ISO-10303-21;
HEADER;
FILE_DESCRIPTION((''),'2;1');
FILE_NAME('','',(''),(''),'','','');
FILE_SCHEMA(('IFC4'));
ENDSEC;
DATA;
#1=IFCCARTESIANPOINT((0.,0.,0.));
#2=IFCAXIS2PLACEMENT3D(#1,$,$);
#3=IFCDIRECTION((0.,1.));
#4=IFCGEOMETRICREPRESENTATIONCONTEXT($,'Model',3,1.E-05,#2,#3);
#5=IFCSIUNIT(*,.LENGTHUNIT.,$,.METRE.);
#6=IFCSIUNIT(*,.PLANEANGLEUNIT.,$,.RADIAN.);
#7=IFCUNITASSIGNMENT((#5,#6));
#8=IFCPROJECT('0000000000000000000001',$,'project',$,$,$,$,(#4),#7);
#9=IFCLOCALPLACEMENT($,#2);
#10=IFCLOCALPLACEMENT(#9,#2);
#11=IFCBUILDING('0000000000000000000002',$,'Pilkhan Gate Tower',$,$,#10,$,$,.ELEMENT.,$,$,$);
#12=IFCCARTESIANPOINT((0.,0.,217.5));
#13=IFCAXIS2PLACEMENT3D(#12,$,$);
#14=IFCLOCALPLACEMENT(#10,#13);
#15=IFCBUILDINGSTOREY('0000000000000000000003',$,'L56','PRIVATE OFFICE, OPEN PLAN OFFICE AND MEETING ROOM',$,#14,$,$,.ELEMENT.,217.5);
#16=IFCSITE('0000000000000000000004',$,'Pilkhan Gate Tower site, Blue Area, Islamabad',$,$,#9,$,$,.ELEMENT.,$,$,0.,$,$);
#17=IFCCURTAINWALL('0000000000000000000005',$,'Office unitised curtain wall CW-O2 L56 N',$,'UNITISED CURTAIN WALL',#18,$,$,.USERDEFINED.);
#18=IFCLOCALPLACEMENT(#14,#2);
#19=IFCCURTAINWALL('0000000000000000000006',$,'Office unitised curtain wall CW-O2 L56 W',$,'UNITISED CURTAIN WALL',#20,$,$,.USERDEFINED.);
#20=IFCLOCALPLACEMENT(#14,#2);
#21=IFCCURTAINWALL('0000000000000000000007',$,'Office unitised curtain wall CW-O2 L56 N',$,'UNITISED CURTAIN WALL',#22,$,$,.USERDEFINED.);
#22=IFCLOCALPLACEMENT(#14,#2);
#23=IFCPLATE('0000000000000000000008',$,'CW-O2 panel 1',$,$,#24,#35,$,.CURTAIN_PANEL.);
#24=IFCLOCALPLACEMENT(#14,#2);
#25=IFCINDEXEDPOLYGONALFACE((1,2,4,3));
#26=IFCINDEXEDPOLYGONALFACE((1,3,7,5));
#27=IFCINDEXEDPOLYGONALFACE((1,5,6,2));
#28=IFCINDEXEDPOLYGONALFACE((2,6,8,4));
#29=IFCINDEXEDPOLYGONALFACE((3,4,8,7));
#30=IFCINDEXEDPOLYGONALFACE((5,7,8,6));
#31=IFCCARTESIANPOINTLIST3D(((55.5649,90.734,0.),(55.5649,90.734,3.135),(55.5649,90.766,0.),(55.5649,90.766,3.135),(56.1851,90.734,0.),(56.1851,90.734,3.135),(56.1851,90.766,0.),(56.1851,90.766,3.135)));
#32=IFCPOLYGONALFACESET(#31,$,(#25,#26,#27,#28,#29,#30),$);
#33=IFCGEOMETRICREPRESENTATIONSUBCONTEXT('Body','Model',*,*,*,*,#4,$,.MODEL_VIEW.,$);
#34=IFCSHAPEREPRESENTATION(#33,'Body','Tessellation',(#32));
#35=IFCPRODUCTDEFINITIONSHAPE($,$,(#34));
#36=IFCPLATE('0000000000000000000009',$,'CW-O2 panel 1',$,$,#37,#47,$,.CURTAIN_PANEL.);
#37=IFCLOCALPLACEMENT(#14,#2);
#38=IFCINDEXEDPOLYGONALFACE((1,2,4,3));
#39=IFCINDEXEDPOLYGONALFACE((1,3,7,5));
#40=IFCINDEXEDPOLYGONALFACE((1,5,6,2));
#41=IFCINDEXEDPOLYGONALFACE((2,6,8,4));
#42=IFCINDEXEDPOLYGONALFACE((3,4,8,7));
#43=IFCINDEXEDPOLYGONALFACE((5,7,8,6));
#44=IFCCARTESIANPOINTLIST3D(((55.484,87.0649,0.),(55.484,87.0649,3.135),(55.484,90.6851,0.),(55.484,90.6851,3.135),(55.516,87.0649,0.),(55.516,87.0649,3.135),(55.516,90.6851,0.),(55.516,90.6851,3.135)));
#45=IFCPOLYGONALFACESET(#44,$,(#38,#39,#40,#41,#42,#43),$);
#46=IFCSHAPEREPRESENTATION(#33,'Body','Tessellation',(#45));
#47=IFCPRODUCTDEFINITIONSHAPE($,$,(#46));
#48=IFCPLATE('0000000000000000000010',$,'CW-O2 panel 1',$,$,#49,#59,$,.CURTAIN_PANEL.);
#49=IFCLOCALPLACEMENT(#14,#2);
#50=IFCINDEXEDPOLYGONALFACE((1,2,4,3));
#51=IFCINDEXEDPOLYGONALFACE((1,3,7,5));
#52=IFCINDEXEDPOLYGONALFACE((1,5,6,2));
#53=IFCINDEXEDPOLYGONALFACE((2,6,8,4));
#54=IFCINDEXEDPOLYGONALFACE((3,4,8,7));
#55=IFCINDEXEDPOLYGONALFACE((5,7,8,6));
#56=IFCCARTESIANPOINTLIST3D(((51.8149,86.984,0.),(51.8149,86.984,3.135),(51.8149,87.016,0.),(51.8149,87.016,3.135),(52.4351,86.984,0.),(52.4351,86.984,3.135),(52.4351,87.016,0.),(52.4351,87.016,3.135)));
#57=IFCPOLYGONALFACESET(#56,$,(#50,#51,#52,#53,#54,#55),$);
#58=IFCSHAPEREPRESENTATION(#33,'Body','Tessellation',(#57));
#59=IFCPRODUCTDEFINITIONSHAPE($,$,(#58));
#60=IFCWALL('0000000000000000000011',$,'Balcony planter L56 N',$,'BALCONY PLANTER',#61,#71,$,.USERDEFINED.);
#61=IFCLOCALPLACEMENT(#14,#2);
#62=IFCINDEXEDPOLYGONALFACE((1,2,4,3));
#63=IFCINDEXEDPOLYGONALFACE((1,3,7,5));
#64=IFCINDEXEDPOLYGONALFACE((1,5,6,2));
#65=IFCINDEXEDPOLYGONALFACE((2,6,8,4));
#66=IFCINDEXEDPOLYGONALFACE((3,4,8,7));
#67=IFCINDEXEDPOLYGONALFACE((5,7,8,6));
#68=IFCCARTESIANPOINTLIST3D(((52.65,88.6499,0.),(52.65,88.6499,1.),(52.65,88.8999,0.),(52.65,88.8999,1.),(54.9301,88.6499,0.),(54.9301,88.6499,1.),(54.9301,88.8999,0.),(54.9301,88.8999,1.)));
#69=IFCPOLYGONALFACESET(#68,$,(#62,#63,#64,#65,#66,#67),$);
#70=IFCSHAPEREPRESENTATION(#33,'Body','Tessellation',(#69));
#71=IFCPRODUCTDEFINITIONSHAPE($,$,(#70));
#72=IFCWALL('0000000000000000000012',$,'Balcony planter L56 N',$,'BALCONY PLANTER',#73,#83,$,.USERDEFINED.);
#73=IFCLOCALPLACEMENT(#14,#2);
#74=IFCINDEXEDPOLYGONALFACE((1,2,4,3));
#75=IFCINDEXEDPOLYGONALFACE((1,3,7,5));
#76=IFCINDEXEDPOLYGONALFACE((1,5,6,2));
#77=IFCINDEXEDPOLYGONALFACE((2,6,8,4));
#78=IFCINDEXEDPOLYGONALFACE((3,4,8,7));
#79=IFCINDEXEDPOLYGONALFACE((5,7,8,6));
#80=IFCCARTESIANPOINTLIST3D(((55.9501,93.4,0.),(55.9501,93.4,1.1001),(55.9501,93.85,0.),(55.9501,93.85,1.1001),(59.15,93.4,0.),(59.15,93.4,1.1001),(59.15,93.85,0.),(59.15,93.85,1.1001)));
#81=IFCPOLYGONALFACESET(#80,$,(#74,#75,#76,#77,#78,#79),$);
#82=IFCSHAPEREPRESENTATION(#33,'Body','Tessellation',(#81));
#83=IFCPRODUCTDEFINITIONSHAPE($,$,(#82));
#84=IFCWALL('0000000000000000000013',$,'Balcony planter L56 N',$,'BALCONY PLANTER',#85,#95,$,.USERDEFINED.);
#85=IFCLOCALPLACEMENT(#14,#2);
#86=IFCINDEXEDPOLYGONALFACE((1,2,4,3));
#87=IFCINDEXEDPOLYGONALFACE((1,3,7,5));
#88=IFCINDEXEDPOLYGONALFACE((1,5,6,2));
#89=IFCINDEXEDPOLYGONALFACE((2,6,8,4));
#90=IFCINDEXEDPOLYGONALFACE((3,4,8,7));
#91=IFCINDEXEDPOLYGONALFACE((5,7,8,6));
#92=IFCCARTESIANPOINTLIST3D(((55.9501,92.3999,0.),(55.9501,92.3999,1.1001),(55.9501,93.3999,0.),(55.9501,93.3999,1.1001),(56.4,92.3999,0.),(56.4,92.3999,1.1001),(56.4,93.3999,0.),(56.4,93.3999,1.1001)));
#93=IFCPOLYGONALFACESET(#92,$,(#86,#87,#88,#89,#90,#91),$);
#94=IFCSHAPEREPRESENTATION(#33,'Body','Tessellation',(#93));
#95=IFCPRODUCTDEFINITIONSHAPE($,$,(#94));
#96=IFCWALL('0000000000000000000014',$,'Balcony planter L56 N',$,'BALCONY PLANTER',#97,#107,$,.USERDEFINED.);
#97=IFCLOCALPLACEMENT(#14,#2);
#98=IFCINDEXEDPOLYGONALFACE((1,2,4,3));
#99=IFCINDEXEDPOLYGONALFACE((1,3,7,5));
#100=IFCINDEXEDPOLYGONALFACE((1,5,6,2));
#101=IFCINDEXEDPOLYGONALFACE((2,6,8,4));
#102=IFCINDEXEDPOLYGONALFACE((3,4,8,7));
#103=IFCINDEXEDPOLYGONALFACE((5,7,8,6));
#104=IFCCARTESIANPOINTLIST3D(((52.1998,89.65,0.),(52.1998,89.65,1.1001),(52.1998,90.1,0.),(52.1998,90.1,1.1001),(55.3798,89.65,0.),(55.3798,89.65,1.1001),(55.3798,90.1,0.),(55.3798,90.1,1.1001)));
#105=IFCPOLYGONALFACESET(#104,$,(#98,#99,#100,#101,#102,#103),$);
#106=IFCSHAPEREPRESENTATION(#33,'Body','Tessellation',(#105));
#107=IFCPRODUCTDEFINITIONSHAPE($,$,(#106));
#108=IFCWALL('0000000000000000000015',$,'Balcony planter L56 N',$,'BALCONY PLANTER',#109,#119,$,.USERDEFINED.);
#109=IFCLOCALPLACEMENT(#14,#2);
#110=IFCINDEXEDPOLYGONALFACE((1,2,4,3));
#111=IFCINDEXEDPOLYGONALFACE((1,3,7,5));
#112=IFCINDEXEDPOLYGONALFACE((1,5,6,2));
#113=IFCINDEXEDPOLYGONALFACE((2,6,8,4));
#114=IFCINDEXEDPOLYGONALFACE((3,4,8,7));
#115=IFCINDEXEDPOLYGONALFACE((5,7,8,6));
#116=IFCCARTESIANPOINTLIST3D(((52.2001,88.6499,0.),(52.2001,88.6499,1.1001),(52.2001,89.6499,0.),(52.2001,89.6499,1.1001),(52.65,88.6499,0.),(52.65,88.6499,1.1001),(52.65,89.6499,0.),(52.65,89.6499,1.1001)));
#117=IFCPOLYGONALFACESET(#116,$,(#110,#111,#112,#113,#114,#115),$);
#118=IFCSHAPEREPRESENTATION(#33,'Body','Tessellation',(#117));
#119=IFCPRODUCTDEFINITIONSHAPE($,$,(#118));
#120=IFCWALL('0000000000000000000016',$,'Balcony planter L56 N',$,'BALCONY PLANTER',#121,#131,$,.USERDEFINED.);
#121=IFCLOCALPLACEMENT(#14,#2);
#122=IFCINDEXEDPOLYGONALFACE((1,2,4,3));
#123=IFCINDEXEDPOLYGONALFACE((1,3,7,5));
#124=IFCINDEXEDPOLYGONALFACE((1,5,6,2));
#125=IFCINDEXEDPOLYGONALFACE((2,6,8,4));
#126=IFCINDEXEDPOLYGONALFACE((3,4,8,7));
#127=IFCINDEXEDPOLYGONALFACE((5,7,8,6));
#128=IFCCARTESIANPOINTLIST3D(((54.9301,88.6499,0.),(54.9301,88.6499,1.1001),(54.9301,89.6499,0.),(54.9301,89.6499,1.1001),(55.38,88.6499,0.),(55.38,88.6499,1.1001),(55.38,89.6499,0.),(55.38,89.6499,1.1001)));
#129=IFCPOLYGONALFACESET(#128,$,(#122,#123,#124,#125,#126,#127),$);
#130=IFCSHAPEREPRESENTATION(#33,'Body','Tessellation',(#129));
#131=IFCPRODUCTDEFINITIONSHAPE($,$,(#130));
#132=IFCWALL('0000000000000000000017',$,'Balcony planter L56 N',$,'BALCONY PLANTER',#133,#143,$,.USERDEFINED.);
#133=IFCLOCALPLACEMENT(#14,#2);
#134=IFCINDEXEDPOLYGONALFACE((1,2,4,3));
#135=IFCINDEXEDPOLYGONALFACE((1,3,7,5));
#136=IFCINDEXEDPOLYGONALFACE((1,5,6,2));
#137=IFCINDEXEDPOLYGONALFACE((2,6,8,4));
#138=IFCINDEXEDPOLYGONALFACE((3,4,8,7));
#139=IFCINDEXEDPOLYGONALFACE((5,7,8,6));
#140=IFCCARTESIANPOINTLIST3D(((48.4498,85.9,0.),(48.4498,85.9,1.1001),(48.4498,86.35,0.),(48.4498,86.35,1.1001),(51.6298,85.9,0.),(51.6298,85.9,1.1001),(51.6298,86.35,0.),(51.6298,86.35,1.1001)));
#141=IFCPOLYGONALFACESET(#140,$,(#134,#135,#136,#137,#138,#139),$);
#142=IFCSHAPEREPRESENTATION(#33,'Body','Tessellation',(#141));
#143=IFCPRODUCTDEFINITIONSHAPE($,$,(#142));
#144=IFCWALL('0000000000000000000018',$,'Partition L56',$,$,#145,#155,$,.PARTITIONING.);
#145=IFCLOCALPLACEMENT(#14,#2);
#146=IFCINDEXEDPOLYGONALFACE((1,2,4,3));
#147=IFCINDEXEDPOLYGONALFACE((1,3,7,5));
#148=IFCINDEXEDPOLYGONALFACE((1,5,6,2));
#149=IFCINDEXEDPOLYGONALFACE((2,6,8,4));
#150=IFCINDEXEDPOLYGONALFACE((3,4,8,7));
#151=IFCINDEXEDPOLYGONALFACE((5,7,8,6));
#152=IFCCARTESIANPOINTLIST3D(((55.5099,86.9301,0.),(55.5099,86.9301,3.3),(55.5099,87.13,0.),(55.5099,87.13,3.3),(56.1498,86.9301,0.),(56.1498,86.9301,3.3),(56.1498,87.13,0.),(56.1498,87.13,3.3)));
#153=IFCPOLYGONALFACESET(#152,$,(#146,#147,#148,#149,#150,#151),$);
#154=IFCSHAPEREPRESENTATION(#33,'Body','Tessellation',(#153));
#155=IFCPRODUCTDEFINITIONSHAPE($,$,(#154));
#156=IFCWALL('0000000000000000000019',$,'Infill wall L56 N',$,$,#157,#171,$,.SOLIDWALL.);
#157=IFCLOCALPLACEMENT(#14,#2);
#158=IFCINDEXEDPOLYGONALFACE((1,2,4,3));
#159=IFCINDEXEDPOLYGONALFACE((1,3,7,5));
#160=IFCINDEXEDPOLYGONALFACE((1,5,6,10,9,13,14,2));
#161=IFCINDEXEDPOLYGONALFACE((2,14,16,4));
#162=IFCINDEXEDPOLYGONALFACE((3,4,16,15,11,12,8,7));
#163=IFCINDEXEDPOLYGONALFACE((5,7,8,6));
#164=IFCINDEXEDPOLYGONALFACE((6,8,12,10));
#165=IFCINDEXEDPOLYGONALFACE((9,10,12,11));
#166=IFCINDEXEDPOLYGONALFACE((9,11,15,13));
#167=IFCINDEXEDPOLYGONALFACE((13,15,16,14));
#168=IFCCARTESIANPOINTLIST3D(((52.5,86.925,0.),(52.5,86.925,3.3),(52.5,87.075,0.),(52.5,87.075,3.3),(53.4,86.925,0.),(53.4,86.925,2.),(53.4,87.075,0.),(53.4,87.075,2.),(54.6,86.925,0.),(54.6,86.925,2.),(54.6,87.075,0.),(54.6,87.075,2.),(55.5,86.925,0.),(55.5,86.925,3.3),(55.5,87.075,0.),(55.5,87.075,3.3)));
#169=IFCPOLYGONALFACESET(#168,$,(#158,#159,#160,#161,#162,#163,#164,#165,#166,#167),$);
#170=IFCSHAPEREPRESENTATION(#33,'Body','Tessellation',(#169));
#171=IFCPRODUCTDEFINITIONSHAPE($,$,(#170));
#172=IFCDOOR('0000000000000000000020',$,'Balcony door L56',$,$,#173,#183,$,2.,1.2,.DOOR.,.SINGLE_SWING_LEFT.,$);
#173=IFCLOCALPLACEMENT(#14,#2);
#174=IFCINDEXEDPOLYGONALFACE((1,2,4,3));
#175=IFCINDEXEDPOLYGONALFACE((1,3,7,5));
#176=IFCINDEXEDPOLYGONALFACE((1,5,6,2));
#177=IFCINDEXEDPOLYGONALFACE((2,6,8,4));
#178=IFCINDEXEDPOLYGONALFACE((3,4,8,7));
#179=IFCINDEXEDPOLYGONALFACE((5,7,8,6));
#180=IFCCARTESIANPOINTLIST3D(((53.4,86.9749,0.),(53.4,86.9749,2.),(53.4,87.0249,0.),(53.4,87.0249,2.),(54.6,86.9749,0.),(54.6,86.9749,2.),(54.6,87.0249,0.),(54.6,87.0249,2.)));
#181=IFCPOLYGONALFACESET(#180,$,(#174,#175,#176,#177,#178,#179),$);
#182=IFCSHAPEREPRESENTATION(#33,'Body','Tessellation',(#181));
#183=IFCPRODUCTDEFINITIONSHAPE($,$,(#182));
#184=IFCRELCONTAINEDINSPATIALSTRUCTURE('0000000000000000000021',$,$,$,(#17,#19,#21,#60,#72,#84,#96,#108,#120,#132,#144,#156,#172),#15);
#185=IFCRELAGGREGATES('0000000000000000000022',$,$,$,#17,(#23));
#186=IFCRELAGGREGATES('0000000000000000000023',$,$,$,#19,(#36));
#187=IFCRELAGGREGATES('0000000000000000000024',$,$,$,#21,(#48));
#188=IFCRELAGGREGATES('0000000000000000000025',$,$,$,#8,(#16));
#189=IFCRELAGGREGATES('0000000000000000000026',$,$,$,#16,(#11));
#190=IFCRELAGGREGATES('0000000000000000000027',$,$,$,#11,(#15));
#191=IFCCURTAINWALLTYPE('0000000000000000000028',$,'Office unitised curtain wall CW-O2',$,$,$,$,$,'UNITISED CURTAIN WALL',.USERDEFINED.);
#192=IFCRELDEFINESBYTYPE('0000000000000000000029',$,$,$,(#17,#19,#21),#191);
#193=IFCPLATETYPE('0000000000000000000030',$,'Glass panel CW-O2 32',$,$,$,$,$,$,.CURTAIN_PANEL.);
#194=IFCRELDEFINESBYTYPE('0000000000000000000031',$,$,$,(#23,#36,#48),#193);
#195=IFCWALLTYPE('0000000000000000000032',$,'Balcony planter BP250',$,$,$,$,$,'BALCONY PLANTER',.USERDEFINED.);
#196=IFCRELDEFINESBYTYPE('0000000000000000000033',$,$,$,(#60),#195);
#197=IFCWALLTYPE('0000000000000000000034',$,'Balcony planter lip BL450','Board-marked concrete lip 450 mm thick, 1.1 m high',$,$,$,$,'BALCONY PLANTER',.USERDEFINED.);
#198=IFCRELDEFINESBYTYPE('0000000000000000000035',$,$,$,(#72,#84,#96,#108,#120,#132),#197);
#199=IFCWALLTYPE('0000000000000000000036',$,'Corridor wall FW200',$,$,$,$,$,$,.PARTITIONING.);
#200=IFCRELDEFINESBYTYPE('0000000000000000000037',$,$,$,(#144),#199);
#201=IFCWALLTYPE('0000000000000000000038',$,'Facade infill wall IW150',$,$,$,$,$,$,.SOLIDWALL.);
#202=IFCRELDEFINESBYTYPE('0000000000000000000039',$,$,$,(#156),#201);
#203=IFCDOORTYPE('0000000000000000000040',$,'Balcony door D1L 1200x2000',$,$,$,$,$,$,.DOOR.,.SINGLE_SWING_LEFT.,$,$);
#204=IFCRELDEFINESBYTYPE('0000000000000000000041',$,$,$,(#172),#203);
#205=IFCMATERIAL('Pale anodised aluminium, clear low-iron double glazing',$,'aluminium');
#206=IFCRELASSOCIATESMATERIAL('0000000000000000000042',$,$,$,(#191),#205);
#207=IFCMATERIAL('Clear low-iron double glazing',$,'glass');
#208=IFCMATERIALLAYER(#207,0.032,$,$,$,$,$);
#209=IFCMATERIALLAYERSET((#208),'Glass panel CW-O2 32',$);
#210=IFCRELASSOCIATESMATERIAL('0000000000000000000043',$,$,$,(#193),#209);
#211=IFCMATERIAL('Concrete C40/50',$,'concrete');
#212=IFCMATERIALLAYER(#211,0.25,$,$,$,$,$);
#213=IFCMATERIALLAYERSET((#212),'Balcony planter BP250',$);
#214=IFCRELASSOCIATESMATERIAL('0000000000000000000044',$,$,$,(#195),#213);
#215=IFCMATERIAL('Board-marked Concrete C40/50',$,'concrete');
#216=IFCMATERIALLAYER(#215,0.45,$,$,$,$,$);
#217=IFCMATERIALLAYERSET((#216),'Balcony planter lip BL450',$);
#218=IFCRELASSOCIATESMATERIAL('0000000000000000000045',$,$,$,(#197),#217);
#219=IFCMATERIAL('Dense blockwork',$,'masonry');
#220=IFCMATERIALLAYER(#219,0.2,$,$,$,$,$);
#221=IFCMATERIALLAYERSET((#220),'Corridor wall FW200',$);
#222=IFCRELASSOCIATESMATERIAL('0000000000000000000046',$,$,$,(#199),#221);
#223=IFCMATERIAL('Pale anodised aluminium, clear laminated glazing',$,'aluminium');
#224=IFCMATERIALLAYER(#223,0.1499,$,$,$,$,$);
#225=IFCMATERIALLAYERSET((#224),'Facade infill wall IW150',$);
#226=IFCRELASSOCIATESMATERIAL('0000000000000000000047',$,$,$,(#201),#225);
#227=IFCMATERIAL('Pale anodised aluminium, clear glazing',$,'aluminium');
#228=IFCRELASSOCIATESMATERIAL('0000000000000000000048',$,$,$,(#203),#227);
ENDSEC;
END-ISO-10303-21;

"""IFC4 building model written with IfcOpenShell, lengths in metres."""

from ifc_helpers import new_model, si_unit, direction, frame, frame_2d, origin, origin_2d, place, context, subcontext, project, spatial, rectangle, extrude, material, layer, layer_set, type_object, element, fill, aggregate, save


model = new_model("IFC4")

# Units and contexts
model_context = context("Model", 3, precision=1e-05, world=origin(), true_north=direction((0.0, 1.0)))
body_context = subcontext(model_context, "Body", "Model", "MODEL_VIEW")
ifc_project = project(units=[si_unit("LENGTHUNIT", "METRE"), si_unit("PLANEANGLEUNIT", "RADIAN")], contexts=[model_context])

# Site, building, storey
site_placement = place(None, origin())
site = spatial("IfcSite", under=ifc_project, at=site_placement, Name="Pilkhan Gate Tower site, Blue Area, Islamabad", CompositionType="ELEMENT", RefElevation=0.0)
building_placement = place(site_placement, origin())
building = spatial("IfcBuilding", under=site, at=building_placement, Name="Pilkhan Gate Tower", CompositionType="ELEMENT")
storey_placement = place(building_placement, frame((0.0, 0.0, 217.5)))
storey = spatial("IfcBuildingStorey", under=building, at=storey_placement, Name="L56", Description="PRIVATE OFFICE, OPEN PLAN OFFICE AND MEETING ROOM", CompositionType="ELEMENT", Elevation=217.5)

# Curtain wall
ifc_material_1 = material(Name="Pale anodised aluminium, clear low-iron double glazing", Category="aluminium")
curtain_wall_type = type_object("IfcCurtainWallType", Name="Office unitised curtain wall CW-O2", ElementType="UNITISED CURTAIN WALL", PredefinedType="USERDEFINED", material=ifc_material_1)
curtain_wall_1_placement = place(storey_placement, origin())
curtain_wall_1 = element("IfcCurtainWall", 1, at=curtain_wall_1_placement, inside=storey, type_object=curtain_wall_type, Name="Office unitised curtain wall CW-O2 L56 N", ObjectType="UNITISED CURTAIN WALL", PredefinedType="USERDEFINED")

# Curtain walls
curtain_wall_2_placement = place(storey_placement, origin())
curtain_wall_2 = element("IfcCurtainWall", 2, at=curtain_wall_2_placement, inside=storey, type_object=curtain_wall_type, Name="Office unitised curtain wall CW-O2 L56 W", ObjectType="UNITISED CURTAIN WALL", PredefinedType="USERDEFINED")
curtain_wall_3_placement = place(storey_placement, origin())
curtain_wall_3 = element("IfcCurtainWall", 3, at=curtain_wall_3_placement, inside=storey, type_object=curtain_wall_type, Name="Office unitised curtain wall CW-O2 L56 N", ObjectType="UNITISED CURTAIN WALL", PredefinedType="USERDEFINED")

# Plates
ifc_material_2 = material(Name="Clear low-iron double glazing", Category="glass")
ifc_layer_1 = layer(ifc_material_2, 0.032)
ifc_layer_set_1 = layer_set([ifc_layer_1], Name="Glass panel CW-O2 32")
plate_type = type_object("IfcPlateType", Name="Glass panel CW-O2 32", PredefinedType="CURTAIN_PANEL", material=ifc_layer_set_1)
plate_1_placement = place(storey_placement, frame((55.875, 90.75, 0.0), z_axis=(0.0, 0.0, 1.0), x_axis=(1.0, 0.0, 0.0)))
plate_1 = element("IfcPlate", 4, at=plate_1_placement, type_object=plate_type, Name="CW-O2 panel 1", PredefinedType="CURTAIN_PANEL", context=body_context, shape_type="SweptSolid", body=[
    extrude(rectangle(XDim=0.6201, YDim=0.032, at=origin_2d()), origin(), (0.0, 0.0, 1.0), 3.135),
])
aggregate(curtain_wall_1, [plate_1])
plate_2_placement = place(storey_placement, frame((55.5, 88.875, 0.0), z_axis=(0.0, 0.0, 1.0), x_axis=(0.0, 1.0, 0.0)))
plate_2 = element("IfcPlate", 5, at=plate_2_placement, type_object=plate_type, Name="CW-O2 panel 1", PredefinedType="CURTAIN_PANEL", context=body_context, shape_type="SweptSolid", body=[
    extrude(rectangle(XDim=3.6201, YDim=0.032, at=origin_2d()), origin(), (0.0, 0.0, 1.0), 3.135),
])
aggregate(curtain_wall_2, [plate_2])
plate_3_placement = place(storey_placement, frame((52.125, 87.0, 0.0), z_axis=(0.0, 0.0, 1.0), x_axis=(1.0, 0.0, 0.0)))
plate_3 = element("IfcPlate", 6, at=plate_3_placement, type_object=plate_type, Name="CW-O2 panel 1", PredefinedType="CURTAIN_PANEL", context=body_context, shape_type="SweptSolid", body=[
    extrude(rectangle(XDim=0.6201, YDim=0.032, at=origin_2d()), origin(), (0.0, 0.0, 1.0), 3.135),
])
aggregate(curtain_wall_3, [plate_3])

# Walls
ifc_material_3 = material(Name="Concrete C40/50", Category="concrete")
ifc_layer_2 = layer(ifc_material_3, 0.25)
ifc_layer_set_2 = layer_set([ifc_layer_2], Name="Balcony planter BP250")
wall_type_1 = type_object("IfcWallType", Name="Balcony planter BP250", ElementType="BALCONY PLANTER", PredefinedType="USERDEFINED", material=ifc_layer_set_2)
wall_1_placement = place(storey_placement, frame((52.6499, 88.7749, 0.0), z_axis=(0.0, 0.0, 1.0), x_axis=(1.0, 0.0, 0.0)))
element("IfcWall", 7, at=wall_1_placement, inside=storey, type_object=wall_type_1, Name="Balcony planter L56 N", ObjectType="BALCONY PLANTER", PredefinedType="USERDEFINED", context=body_context, shape_type="SweptSolid", body=[
    extrude(rectangle(XDim=2.28, YDim=0.25, at=frame_2d((1.1401, 0.0))), origin(), (0.0, 0.0, 1.0), 1.0),
])
ifc_material_4 = material(Name="Board-marked Concrete C40/50", Category="concrete")
ifc_layer_3 = layer(ifc_material_4, 0.45)
ifc_layer_set_3 = layer_set([ifc_layer_3], Name="Balcony planter lip BL450")
wall_type_2 = type_object("IfcWallType", Name="Balcony planter lip BL450", Description="Board-marked concrete lip 450 mm thick, 1.1 m high", ElementType="BALCONY PLANTER", PredefinedType="USERDEFINED", material=ifc_layer_set_3)
wall_2_placement = place(storey_placement, frame((55.95, 93.625, 0.0), z_axis=(0.0, 0.0, 1.0), x_axis=(1.0, 0.0, 0.0)))
element("IfcWall", 8, at=wall_2_placement, inside=storey, type_object=wall_type_2, Name="Balcony planter L56 N", ObjectType="BALCONY PLANTER", PredefinedType="USERDEFINED", context=body_context, shape_type="SweptSolid", body=[
    extrude(rectangle(XDim=3.2, YDim=0.45, at=frame_2d((1.6001, 0.0))), origin(), (0.0, 0.0, 1.0), 1.1001),
])
wall_3_placement = place(storey_placement, frame((56.175, 92.3999, 0.0), z_axis=(0.0, 0.0, 1.0), x_axis=(0.0, 1.0, 0.0)))
element("IfcWall", 9, at=wall_3_placement, inside=storey, type_object=wall_type_2, Name="Balcony planter L56 N", ObjectType="BALCONY PLANTER", PredefinedType="USERDEFINED", context=body_context, shape_type="SweptSolid", body=[
    extrude(rectangle(XDim=1.0, YDim=0.45, at=frame_2d((0.5, 0.0))), origin(), (0.0, 0.0, 1.0), 1.1001),
])
wall_4_placement = place(storey_placement, frame((52.2, 89.875, 0.0), z_axis=(0.0, 0.0, 1.0), x_axis=(1.0, 0.0, 0.0)))
element("IfcWall", 10, at=wall_4_placement, inside=storey, type_object=wall_type_2, Name="Balcony planter L56 N", ObjectType="BALCONY PLANTER", PredefinedType="USERDEFINED", context=body_context, shape_type="SweptSolid", body=[
    extrude(rectangle(XDim=3.1799, YDim=0.45, at=frame_2d((1.5898, 0.0))), origin(), (0.0, 0.0, 1.0), 1.1001),
])
for number, where, z_axis, x_axis, name in (
    (11, (52.425, 88.6499, 0.0), (0.0, 0.0, 1.0), (0.0, 1.0, 0.0), "Balcony planter L56 N"),
    (12, (55.155, 88.6499, 0.0), (0.0, 0.0, 1.0), (0.0, 1.0, 0.0), "Balcony planter L56 N"),
):
    element("IfcWall", number, at=place(storey_placement, frame(where, z_axis=z_axis, x_axis=x_axis)), inside=storey, type_object=wall_type_2, Name=name, ObjectType="BALCONY PLANTER", PredefinedType="USERDEFINED", context=body_context, shape_type="SweptSolid", body=[
        extrude(rectangle(XDim=1.0, YDim=0.45, at=frame_2d((0.5, 0.0))), origin(), (0.0, 0.0, 1.0), 1.1001),
    ])
wall_5_placement = place(storey_placement, frame((48.45, 86.125, 0.0), z_axis=(0.0, 0.0, 1.0), x_axis=(1.0, 0.0, 0.0)))
element("IfcWall", 13, at=wall_5_placement, inside=storey, type_object=wall_type_2, Name="Balcony planter L56 N", ObjectType="BALCONY PLANTER", PredefinedType="USERDEFINED", context=body_context, shape_type="SweptSolid", body=[
    extrude(rectangle(XDim=3.1799, YDim=0.45, at=frame_2d((1.5898, 0.0))), origin(), (0.0, 0.0, 1.0), 1.1001),
])
ifc_material_5 = material(Name="Dense blockwork", Category="masonry")
ifc_layer_4 = layer(ifc_material_5, 0.2)
ifc_layer_set_4 = layer_set([ifc_layer_4], Name="Corridor wall FW200")
wall_type_3 = type_object("IfcWallType", Name="Corridor wall FW200", PredefinedType="PARTITIONING", material=ifc_layer_set_4)
wall_6_placement = place(storey_placement, frame((55.51, 87.03, 0.0), z_axis=(0.0, 0.0, 1.0), x_axis=(1.0, 0.0, 0.0)))
element("IfcWall", 14, at=wall_6_placement, inside=storey, type_object=wall_type_3, Name="Partition L56", PredefinedType="PARTITIONING", context=body_context, shape_type="SweptSolid", body=[
    extrude(rectangle(XDim=0.6399, YDim=0.2, at=frame_2d((0.3198, 0.0))), origin(), (0.0, 0.0, 1.0), 3.3),
])

# Wall, opening, door
ifc_material_6 = material(Name="Pale anodised aluminium, clear laminated glazing", Category="aluminium")
ifc_layer_5 = layer(ifc_material_6, 0.1499)
ifc_layer_set_5 = layer_set([ifc_layer_5], Name="Facade infill wall IW150")
wall_type_4 = type_object("IfcWallType", Name="Facade infill wall IW150", PredefinedType="SOLIDWALL", material=ifc_layer_set_5)
wall_7_placement = place(storey_placement, frame((52.5, 87.0, 0.0), z_axis=(0.0, 0.0, 1.0), x_axis=(1.0, 0.0, 0.0)))
wall_7 = element("IfcWall", 15, at=wall_7_placement, inside=storey, type_object=wall_type_4, Name="Infill wall L56 N", PredefinedType="SOLIDWALL", context=body_context, shape_type="SweptSolid", body=[
    extrude(rectangle(XDim=3.0, YDim=0.1499, at=frame_2d((1.5, 0.0))), origin(), (0.0, 0.0, 1.0), 3.3),
])
opening_placement = place(wall_7_placement, frame((0.8999, 0.0, 0.0)))
opening = element("IfcOpeningElement", 16, at=opening_placement, cuts=wall_7, PredefinedType="OPENING", context=body_context, shape_type="SweptSolid", body=[
    extrude(rectangle(XDim=1.2, YDim=2.0, at=frame_2d((0.6001, 1.0))), frame((0.0, 0.085, 0.0), z_axis=(0.0, -1.0, 0.0), x_axis=(1.0, 0.0, 0.0)), (0.0, 0.0, 1.0), 0.1699),
])
ifc_material_7 = material(Name="Pale anodised aluminium, clear glazing", Category="aluminium")
door_type = type_object("IfcDoorType", Name="Balcony door D1L 1200x2000", OperationType="SINGLE_SWING_LEFT", PredefinedType="DOOR", material=ifc_material_7)
door_placement = place(opening_placement, origin())
door = element("IfcDoor", 17, at=door_placement, inside=storey, type_object=door_type, Name="Balcony door L56", OperationType="SINGLE_SWING_LEFT", OverallHeight=2.0, OverallWidth=1.2, PredefinedType="DOOR", context=body_context, shape_type="SweptSolid", body=[
    extrude(rectangle(XDim=1.2, YDim=2.0, at=frame_2d((0.6001, 1.0))), frame((0.0, 0.0249, 0.0), z_axis=(0.0, -1.0, 0.0), x_axis=(1.0, 0.0, 0.0)), (0.0, 0.0, 1.0), 0.05),
])
fill(opening, door)

save(model, "model.ifc")
